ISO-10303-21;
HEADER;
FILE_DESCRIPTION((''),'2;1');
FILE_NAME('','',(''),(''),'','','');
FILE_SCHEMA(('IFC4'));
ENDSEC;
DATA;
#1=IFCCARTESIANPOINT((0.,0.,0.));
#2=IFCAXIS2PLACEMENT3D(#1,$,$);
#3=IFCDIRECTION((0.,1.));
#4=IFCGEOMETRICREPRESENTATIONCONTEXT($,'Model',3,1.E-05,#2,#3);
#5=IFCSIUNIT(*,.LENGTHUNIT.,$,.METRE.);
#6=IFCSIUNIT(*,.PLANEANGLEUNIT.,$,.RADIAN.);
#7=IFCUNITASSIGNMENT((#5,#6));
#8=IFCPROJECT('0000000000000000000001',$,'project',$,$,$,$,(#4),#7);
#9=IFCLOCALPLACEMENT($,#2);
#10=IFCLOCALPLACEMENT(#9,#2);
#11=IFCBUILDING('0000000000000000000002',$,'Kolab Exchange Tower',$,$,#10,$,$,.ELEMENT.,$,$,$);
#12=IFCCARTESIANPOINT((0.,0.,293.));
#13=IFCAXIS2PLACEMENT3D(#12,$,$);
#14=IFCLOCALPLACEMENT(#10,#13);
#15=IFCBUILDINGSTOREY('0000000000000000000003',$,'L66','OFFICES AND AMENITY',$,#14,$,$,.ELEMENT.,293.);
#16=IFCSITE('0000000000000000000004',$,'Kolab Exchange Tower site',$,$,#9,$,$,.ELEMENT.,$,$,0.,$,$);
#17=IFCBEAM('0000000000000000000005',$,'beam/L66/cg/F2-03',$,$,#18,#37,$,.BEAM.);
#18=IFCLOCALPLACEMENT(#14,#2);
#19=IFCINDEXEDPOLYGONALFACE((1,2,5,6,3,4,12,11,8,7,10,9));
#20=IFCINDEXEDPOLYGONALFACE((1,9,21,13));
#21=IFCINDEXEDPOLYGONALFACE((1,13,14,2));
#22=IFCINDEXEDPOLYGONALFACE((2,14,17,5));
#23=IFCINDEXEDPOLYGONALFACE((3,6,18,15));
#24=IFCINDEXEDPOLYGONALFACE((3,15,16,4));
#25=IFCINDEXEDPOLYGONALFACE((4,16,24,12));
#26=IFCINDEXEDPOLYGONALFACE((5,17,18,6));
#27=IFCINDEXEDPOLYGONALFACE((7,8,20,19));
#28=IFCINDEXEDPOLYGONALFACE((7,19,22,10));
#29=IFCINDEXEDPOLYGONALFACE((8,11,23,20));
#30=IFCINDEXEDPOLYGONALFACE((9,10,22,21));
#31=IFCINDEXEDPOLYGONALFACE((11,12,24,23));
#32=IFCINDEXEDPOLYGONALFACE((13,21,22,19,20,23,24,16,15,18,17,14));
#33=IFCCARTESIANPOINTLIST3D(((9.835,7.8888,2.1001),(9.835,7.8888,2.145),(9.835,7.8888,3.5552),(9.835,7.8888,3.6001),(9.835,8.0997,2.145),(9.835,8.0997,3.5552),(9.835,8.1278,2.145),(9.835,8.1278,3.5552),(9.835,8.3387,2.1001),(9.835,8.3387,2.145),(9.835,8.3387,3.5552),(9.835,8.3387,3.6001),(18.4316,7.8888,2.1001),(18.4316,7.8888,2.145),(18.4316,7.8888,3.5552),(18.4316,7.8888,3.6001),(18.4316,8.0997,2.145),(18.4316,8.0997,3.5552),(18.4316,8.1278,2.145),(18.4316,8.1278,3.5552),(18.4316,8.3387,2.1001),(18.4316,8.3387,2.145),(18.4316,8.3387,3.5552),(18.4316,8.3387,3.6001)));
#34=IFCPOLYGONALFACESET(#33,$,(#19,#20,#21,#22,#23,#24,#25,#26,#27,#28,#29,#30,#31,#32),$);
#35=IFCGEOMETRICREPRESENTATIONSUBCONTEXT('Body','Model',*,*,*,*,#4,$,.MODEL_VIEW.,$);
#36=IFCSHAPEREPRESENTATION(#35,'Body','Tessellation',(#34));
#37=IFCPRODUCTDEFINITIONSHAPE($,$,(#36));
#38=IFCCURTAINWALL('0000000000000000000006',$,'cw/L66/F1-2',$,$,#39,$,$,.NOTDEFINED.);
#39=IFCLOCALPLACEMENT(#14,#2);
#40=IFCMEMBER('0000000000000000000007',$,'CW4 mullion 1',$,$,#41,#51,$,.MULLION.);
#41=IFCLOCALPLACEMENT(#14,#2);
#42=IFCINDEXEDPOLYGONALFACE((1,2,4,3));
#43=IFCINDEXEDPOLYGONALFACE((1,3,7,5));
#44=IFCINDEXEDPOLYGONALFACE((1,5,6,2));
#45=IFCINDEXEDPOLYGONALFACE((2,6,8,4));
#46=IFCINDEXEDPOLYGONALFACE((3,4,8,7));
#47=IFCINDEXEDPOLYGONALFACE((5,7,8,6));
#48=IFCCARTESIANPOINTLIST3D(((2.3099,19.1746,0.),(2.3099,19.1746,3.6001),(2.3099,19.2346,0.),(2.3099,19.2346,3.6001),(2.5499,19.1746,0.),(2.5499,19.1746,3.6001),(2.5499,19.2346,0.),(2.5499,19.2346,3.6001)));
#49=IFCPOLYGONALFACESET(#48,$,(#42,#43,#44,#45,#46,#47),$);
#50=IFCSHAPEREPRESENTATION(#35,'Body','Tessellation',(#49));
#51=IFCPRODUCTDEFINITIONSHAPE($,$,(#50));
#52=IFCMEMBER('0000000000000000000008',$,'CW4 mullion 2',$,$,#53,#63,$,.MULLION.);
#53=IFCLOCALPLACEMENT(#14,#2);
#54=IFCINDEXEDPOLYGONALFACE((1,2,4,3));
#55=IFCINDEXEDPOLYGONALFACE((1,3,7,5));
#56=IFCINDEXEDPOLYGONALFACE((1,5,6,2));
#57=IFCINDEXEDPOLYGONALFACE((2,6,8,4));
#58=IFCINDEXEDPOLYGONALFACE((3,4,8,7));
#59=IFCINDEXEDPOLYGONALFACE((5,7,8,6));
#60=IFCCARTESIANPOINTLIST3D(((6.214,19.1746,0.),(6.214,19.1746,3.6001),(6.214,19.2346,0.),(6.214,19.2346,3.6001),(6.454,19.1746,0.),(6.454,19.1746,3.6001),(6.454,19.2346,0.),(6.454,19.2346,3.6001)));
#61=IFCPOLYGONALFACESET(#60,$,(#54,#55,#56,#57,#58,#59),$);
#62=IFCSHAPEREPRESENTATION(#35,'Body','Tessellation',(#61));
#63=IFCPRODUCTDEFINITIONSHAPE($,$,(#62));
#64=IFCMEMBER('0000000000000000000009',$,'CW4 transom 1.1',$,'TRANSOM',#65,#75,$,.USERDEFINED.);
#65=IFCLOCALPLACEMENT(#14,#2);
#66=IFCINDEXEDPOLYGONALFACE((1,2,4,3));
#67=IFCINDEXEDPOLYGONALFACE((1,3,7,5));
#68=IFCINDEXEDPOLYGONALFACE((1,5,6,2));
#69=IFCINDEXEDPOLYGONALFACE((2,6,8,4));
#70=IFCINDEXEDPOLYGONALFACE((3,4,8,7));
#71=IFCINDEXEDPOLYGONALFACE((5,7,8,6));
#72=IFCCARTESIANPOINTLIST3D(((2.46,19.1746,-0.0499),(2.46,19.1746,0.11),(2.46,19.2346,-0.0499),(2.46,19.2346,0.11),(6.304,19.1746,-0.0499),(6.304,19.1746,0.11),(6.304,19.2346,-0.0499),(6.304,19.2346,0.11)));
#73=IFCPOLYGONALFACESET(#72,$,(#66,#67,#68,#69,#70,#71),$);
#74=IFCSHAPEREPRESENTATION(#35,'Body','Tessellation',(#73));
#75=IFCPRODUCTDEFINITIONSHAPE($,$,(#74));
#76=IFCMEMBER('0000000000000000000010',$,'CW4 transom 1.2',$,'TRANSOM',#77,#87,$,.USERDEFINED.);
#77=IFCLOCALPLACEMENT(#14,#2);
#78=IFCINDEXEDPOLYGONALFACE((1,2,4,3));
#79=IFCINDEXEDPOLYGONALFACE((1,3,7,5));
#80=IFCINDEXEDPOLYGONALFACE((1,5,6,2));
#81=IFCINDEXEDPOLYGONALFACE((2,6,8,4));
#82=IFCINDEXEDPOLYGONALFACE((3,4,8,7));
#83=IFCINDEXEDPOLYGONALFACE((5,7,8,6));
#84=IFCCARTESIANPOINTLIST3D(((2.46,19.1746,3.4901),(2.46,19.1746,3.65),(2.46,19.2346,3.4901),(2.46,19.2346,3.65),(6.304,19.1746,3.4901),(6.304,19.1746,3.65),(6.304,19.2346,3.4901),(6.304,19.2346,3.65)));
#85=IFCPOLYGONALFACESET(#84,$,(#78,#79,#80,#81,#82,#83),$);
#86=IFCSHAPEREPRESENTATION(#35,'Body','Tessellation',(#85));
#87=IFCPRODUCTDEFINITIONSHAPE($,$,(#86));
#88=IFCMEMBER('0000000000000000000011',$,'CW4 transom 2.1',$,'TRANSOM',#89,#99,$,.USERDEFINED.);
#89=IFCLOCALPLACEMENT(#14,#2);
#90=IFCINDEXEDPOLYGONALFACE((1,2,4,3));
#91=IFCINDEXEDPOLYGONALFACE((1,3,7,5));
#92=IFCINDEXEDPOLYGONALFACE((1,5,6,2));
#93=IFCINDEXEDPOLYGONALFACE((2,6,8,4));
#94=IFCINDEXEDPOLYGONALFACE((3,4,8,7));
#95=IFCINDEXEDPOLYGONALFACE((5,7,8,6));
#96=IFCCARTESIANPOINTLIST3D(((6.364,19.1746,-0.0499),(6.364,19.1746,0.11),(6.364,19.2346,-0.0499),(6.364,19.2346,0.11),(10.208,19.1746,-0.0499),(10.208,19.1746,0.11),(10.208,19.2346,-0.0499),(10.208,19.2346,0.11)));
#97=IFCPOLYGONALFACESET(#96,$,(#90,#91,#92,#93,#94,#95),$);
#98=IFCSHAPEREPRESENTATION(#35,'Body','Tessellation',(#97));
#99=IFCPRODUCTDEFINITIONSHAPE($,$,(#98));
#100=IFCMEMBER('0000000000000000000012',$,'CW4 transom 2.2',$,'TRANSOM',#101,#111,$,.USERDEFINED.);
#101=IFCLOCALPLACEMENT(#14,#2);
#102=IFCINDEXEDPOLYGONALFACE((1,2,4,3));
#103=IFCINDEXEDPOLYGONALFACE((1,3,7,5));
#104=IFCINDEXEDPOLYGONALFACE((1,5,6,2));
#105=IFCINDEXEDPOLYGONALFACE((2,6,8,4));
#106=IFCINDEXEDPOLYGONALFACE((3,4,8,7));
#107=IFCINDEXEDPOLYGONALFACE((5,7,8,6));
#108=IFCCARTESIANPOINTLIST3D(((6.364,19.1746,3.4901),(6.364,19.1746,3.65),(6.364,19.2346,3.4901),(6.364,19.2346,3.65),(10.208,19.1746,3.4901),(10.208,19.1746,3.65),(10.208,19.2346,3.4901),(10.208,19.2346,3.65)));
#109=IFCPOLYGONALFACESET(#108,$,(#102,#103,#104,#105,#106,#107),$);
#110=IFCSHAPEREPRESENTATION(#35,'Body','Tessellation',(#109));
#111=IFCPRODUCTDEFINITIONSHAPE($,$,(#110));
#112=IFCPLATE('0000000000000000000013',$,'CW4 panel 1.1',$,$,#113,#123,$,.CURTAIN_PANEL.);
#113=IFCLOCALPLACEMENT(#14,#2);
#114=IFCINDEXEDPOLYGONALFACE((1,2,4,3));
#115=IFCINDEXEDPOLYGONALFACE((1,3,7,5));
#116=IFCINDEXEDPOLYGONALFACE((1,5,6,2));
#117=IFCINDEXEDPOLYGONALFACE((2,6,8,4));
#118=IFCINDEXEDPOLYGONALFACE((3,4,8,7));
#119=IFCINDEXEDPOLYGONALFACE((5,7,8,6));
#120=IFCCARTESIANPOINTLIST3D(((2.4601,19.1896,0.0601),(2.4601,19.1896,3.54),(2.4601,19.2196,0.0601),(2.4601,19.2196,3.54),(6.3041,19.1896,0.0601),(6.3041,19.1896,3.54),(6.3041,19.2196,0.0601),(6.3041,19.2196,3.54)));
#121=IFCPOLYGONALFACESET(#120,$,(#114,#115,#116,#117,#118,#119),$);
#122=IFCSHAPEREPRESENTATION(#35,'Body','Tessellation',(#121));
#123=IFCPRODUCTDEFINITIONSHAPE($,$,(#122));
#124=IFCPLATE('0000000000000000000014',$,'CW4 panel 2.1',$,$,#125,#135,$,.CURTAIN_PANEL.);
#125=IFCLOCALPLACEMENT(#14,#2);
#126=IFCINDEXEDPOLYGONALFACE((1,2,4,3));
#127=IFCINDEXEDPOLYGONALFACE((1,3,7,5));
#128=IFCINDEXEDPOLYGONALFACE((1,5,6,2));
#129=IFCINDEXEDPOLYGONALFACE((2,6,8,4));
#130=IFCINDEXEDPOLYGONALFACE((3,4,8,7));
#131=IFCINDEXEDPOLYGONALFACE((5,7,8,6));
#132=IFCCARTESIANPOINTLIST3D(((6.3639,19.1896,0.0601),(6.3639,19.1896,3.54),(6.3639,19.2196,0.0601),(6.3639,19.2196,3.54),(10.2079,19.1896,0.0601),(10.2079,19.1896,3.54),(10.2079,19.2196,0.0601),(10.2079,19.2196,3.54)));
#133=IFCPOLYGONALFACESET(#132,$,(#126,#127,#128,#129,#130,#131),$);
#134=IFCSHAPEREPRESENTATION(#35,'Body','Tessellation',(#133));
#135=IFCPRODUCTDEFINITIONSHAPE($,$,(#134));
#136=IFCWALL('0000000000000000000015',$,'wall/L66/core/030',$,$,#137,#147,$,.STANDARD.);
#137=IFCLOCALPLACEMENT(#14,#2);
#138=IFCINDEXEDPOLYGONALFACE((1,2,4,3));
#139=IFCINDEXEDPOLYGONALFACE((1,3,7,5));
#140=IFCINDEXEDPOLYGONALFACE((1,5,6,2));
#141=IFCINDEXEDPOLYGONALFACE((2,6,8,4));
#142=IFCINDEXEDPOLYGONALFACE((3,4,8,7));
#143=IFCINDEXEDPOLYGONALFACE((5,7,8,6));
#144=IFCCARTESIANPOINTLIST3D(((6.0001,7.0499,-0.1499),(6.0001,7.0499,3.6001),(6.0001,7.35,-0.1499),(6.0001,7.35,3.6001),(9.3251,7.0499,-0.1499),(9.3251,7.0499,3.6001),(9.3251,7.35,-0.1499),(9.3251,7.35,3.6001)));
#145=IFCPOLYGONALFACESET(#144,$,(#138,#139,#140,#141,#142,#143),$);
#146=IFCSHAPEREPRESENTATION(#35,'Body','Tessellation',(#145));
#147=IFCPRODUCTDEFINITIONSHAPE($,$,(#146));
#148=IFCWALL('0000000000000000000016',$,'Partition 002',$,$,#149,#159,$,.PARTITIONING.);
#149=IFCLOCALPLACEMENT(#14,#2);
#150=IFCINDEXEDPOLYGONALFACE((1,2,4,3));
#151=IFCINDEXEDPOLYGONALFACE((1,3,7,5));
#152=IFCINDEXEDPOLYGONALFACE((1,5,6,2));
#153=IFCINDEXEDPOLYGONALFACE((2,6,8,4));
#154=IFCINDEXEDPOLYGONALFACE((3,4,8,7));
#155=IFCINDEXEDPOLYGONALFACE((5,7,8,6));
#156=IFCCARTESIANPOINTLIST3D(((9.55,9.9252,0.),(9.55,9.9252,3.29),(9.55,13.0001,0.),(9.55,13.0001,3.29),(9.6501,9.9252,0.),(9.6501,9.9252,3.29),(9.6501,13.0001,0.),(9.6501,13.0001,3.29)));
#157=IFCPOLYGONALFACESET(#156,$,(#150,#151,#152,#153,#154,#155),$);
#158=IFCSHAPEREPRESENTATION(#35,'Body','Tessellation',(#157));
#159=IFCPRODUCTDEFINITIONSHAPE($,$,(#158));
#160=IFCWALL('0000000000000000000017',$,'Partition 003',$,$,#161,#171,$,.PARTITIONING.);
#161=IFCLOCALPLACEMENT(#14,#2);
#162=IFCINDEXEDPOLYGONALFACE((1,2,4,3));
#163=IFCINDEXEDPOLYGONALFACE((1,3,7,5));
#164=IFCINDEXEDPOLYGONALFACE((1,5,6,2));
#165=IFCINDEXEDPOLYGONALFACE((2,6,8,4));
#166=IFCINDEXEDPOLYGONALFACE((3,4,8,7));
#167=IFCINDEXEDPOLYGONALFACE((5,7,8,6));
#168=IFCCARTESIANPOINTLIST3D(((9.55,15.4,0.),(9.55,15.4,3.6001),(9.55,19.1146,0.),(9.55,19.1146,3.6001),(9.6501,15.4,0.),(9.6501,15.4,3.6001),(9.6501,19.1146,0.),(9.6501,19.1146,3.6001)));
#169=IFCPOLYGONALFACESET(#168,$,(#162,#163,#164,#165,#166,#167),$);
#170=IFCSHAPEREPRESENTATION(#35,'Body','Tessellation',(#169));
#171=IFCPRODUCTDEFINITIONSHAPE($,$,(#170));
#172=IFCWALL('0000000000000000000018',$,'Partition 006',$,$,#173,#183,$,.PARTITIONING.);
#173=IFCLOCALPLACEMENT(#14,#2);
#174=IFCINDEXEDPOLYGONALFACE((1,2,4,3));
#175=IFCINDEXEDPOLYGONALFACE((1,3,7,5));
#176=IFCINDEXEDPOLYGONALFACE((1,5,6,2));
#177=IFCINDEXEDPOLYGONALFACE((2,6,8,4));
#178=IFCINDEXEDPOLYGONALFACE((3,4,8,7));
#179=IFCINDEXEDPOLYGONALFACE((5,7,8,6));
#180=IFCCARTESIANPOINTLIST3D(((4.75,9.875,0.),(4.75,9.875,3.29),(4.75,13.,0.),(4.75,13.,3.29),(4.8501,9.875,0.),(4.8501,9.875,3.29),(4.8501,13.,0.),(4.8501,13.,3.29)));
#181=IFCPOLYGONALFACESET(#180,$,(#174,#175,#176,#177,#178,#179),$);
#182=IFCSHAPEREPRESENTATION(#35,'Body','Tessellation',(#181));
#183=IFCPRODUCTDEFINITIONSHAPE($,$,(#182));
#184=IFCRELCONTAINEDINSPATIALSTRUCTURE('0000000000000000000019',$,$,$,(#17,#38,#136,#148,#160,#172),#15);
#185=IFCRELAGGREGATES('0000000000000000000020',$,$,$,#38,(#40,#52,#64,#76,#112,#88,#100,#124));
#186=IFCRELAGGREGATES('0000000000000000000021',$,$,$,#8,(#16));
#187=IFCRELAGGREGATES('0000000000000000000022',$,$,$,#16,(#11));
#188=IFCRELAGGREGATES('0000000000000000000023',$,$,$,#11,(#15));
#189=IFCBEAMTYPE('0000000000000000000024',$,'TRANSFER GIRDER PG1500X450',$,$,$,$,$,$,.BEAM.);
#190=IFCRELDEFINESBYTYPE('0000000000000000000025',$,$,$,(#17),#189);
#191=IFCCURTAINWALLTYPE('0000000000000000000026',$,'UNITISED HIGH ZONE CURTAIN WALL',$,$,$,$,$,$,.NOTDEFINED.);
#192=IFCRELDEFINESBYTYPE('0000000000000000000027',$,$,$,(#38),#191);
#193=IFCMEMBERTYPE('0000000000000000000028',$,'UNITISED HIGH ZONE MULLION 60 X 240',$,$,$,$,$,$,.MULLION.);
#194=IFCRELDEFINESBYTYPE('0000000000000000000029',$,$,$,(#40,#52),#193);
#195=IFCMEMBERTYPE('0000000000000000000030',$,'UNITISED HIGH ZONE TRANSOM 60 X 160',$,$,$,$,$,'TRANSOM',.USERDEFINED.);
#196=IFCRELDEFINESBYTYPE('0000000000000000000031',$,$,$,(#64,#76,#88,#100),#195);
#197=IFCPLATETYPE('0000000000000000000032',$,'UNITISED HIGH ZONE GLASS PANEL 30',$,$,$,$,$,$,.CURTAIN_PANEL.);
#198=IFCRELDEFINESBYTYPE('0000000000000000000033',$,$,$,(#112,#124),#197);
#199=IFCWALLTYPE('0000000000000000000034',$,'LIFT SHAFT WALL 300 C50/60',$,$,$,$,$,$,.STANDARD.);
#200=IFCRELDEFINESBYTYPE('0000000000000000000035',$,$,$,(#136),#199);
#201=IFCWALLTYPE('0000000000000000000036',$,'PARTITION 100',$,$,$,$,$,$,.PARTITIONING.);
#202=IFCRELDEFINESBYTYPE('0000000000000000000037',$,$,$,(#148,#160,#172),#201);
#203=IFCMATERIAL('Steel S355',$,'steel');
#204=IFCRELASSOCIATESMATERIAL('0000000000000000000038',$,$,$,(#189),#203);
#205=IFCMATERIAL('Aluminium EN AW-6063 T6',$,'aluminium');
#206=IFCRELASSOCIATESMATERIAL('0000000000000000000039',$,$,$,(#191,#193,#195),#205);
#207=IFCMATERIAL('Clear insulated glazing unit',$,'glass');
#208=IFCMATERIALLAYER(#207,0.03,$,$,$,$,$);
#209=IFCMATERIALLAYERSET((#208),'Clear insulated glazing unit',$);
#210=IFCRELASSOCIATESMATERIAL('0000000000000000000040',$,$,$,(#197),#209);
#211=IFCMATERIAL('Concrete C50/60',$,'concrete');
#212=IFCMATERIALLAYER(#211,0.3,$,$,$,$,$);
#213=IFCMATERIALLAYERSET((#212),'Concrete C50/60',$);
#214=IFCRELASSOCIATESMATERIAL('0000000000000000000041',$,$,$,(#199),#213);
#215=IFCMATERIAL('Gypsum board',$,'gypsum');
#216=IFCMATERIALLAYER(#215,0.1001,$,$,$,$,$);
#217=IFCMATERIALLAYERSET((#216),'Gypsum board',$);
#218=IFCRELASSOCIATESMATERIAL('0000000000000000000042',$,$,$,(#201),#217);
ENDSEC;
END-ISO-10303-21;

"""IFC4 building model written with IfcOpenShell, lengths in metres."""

from ifc_helpers import new_model, si_unit, direction, frame, frame_2d, origin, origin_2d, place, context, subcontext, project, spatial, rectangle, i_section, extrude, material, layer, layer_set, material_profile, profile_set, type_object, element, aggregate, save


model = new_model("IFC4")

# Units and contexts
model_context = context("Model", 3, precision=1e-05, world=origin(), true_north=direction((0.0, 1.0)))
body_context = subcontext(model_context, "Body", "Model", "MODEL_VIEW")
ifc_project = project(units=[si_unit("LENGTHUNIT", "METRE"), si_unit("PLANEANGLEUNIT", "RADIAN")], contexts=[model_context])

# Site, building, storey
site_placement = place(None, origin())
site = spatial("IfcSite", under=ifc_project, at=site_placement, Name="Kolab Exchange Tower site", CompositionType="ELEMENT", RefElevation=0.0)
building_placement = place(site_placement, origin())
building = spatial("IfcBuilding", under=site, at=building_placement, Name="Kolab Exchange Tower", CompositionType="ELEMENT")
storey_placement = place(building_placement, frame((0.0, 0.0, 293.0)))
storey = spatial("IfcBuildingStorey", under=building, at=storey_placement, Name="L66", Description="OFFICES AND AMENITY", CompositionType="ELEMENT", Elevation=293.0)

# Shared definitions
ifc_material_1 = material(Name="Concrete C50/60", Category="concrete")

# Beam
ifc_material_2 = material(Name="Steel S355", Category="steel")
ifc_material_profile_1 = material_profile(ifc_material_2, i_section(OverallWidth=0.45, OverallDepth=1.5, WebThickness=0.0281, FlangeThickness=0.0449, at=origin_2d()), Name="PG1500X450")
ifc_profile_set_1 = profile_set([ifc_material_profile_1], Name="Steel S355")
beam_type_1 = type_object("IfcBeamType", Name="TRANSFER GIRDER PG1500X450", PredefinedType="BEAM", material=ifc_profile_set_1)
beam_1_placement = place(storey_placement, frame((9.835, 8.1138, 2.8501), z_axis=(1.0, 0.0, 0.0), x_axis=(0.0, 1.0, 0.0)))
element("IfcBeam", 1, at=beam_1_placement, inside=storey, type_object=beam_type_1, Name="beam/L66/cg/F2-03", PredefinedType="BEAM", context=body_context, shape_type="SweptSolid", body=[
    extrude(i_section(OverallWidth=0.45, OverallDepth=1.5, WebThickness=0.0281, FlangeThickness=0.0449, at=origin_2d()), origin(), (0.0, 0.0, 1.0), 8.5967),
])

# Curtain wall, members, plates
ifc_material_3 = material(Name="Aluminium EN AW-6063 T6", Category="aluminium")
curtain_wall_type = type_object("IfcCurtainWallType", Name="UNITISED HIGH ZONE CURTAIN WALL", PredefinedType="NOTDEFINED", material=ifc_material_3)
curtain_wall_placement = place(storey_placement, origin())
curtain_wall = element("IfcCurtainWall", 2, at=curtain_wall_placement, inside=storey, type_object=curtain_wall_type, Name="cw/L66/F1-2", PredefinedType="NOTDEFINED")
ifc_material_profile_2 = material_profile(ifc_material_3, rectangle(XDim=0.0601, YDim=0.24, at=origin_2d()), Name="RECT 60X240")
ifc_profile_set_2 = profile_set([ifc_material_profile_2], Name="Aluminium EN AW-6063 T6")
member_type_1 = type_object("IfcMemberType", Name="UNITISED HIGH ZONE MULLION 60 X 240", PredefinedType="MULLION", material=ifc_profile_set_2)
member_1_placement = place(storey_placement, frame((2.4299, 19.2046, 0.0), z_axis=(0.0, 0.0, 1.0), x_axis=(0.0, 1.0, 0.0)))
member_1 = element("IfcMember", 3, at=member_1_placement, type_object=member_type_1, Name="CW4 mullion 1", PredefinedType="MULLION", context=body_context, shape_type="SweptSolid", body=[
    extrude(rectangle(XDim=0.0601, YDim=0.24, at=origin_2d()), origin(), (0.0, 0.0, 1.0), 3.6001),
])
member_2_placement = place(storey_placement, frame((6.334, 19.2046, 0.0), z_axis=(0.0, 0.0, 1.0), x_axis=(0.0, 1.0, 0.0)))
member_2 = element("IfcMember", 4, at=member_2_placement, type_object=member_type_1, Name="CW4 mullion 2", PredefinedType="MULLION", context=body_context, shape_type="SweptSolid", body=[
    extrude(rectangle(XDim=0.0601, YDim=0.24, at=origin_2d()), origin(), (0.0, 0.0, 1.0), 3.6001),
])
ifc_material_profile_3 = material_profile(ifc_material_3, rectangle(XDim=0.0601, YDim=0.1599, at=origin_2d()), Name="RECT 60X160")
ifc_profile_set_3 = profile_set([ifc_material_profile_3], Name="Aluminium EN AW-6063 T6")
member_type_2 = type_object("IfcMemberType", Name="UNITISED HIGH ZONE TRANSOM 60 X 160", ElementType="TRANSOM", PredefinedType="USERDEFINED", material=ifc_profile_set_3)
member_3_placement = place(storey_placement, frame((2.46, 19.2046, 0.03), z_axis=(1.0, 0.0, 0.0), x_axis=(0.0, 1.0, 0.0)))
member_3 = element("IfcMember", 5, at=member_3_placement, type_object=member_type_2, Name="CW4 transom 1.1", ObjectType="TRANSOM", PredefinedType="USERDEFINED", context=body_context, shape_type="SweptSolid", body=[
    extrude(rectangle(XDim=0.0601, YDim=0.1599, at=origin_2d()), origin(), (0.0, 0.0, 1.0), 3.844),
])
member_4_placement = place(storey_placement, frame((2.46, 19.2046, 3.5701), z_axis=(1.0, 0.0, 0.0), x_axis=(0.0, 1.0, 0.0)))
member_4 = element("IfcMember", 6, at=member_4_placement, type_object=member_type_2, Name="CW4 transom 1.2", ObjectType="TRANSOM", PredefinedType="USERDEFINED", context=body_context, shape_type="SweptSolid", body=[
    extrude(rectangle(XDim=0.0601, YDim=0.1599, at=origin_2d()), origin(), (0.0, 0.0, 1.0), 3.844),
])
member_5_placement = place(storey_placement, frame((6.364, 19.2046, 0.03), z_axis=(1.0, 0.0, 0.0), x_axis=(0.0, 1.0, 0.0)))
member_5 = element("IfcMember", 7, at=member_5_placement, type_object=member_type_2, Name="CW4 transom 2.1", ObjectType="TRANSOM", PredefinedType="USERDEFINED", context=body_context, shape_type="SweptSolid", body=[
    extrude(rectangle(XDim=0.0601, YDim=0.1599, at=origin_2d()), origin(), (0.0, 0.0, 1.0), 3.844),
])
member_6_placement = place(storey_placement, frame((6.364, 19.2046, 3.5701), z_axis=(1.0, 0.0, 0.0), x_axis=(0.0, 1.0, 0.0)))
member_6 = element("IfcMember", 8, at=member_6_placement, type_object=member_type_2, Name="CW4 transom 2.2", ObjectType="TRANSOM", PredefinedType="USERDEFINED", context=body_context, shape_type="SweptSolid", body=[
    extrude(rectangle(XDim=0.0601, YDim=0.1599, at=origin_2d()), origin(), (0.0, 0.0, 1.0), 3.844),
])
ifc_material_4 = material(Name="Clear insulated glazing unit", Category="glass")
ifc_layer_1 = layer(ifc_material_4, 0.03)
ifc_layer_set_1 = layer_set([ifc_layer_1], Name="Clear insulated glazing unit")
plate_type = type_object("IfcPlateType", Name="UNITISED HIGH ZONE GLASS PANEL 30", PredefinedType="CURTAIN_PANEL", material=ifc_layer_set_1)
plate_1_placement = place(storey_placement, frame((4.3821, 19.2046, 0.0601), z_axis=(0.0, 0.0, 1.0), x_axis=(1.0, 0.0, 0.0)))
plate_1 = element("IfcPlate", 9, at=plate_1_placement, type_object=plate_type, Name="CW4 panel 1.1", PredefinedType="CURTAIN_PANEL", context=body_context, shape_type="SweptSolid", body=[
    extrude(rectangle(XDim=3.844, YDim=0.03, at=origin_2d()), origin(), (0.0, 0.0, 1.0), 3.48),
])
plate_2_placement = place(storey_placement, frame((8.2859, 19.2046, 0.0601), z_axis=(0.0, 0.0, 1.0), x_axis=(1.0, 0.0, 0.0)))
plate_2 = element("IfcPlate", 10, at=plate_2_placement, type_object=plate_type, Name="CW4 panel 2.1", PredefinedType="CURTAIN_PANEL", context=body_context, shape_type="SweptSolid", body=[
    extrude(rectangle(XDim=3.844, YDim=0.03, at=origin_2d()), origin(), (0.0, 0.0, 1.0), 3.48),
])
aggregate(curtain_wall, [member_1, member_2, member_3, member_4, plate_1, member_5, member_6, plate_2])

# Walls
ifc_layer_2 = layer(ifc_material_1, 0.3)
ifc_layer_set_2 = layer_set([ifc_layer_2], Name="Concrete C50/60")
wall_type_1 = type_object("IfcWallType", Name="LIFT SHAFT WALL 300 C50/60", PredefinedType="STANDARD", material=ifc_layer_set_2)
wall_1_placement = place(storey_placement, frame((6.0, 7.2, -0.1499), z_axis=(0.0, 0.0, 1.0), x_axis=(1.0, 0.0, 0.0)))
element("IfcWall", 11, at=wall_1_placement, inside=storey, type_object=wall_type_1, Name="wall/L66/core/030", PredefinedType="STANDARD", context=body_context, shape_type="SweptSolid", body=[
    extrude(rectangle(XDim=3.325, YDim=0.3, at=frame_2d((1.6626, 0.0))), origin(), (0.0, 0.0, 1.0), 3.75),
])
ifc_material_5 = material(Name="Gypsum board", Category="gypsum")
ifc_layer_3 = layer(ifc_material_5, 0.1001)
ifc_layer_set_3 = layer_set([ifc_layer_3], Name="Gypsum board")
wall_type_2 = type_object("IfcWallType", Name="PARTITION 100", PredefinedType="PARTITIONING", material=ifc_layer_set_3)
wall_2_placement = place(storey_placement, frame((9.6001, 9.925, 0.0), z_axis=(0.0, 0.0, 1.0), x_axis=(0.0, 1.0, 0.0)))
element("IfcWall", 12, at=wall_2_placement, inside=storey, type_object=wall_type_2, Name="Partition 002", PredefinedType="PARTITIONING", context=body_context, shape_type="SweptSolid", body=[
    extrude(rectangle(XDim=3.075, YDim=0.1001, at=frame_2d((1.5376, 0.0))), origin(), (0.0, 0.0, 1.0), 3.29),
])
wall_3_placement = place(storey_placement, frame((9.6001, 15.3999, 0.0), z_axis=(0.0, 0.0, 1.0), x_axis=(0.0, 1.0, 0.0)))
element("IfcWall", 13, at=wall_3_placement, inside=storey, type_object=wall_type_2, Name="Partition 003", PredefinedType="PARTITIONING", context=body_context, shape_type="SweptSolid", body=[
    extrude(rectangle(XDim=3.7146, YDim=0.1001, at=frame_2d((1.8574, 0.0))), origin(), (0.0, 0.0, 1.0), 3.6001),
])
wall_4_placement = place(storey_placement, frame((4.8, 9.875, 0.0), z_axis=(0.0, 0.0, 1.0), x_axis=(0.0, 1.0, 0.0)))
element("IfcWall", 14, at=wall_4_placement, inside=storey, type_object=wall_type_2, Name="Partition 006", PredefinedType="PARTITIONING", context=body_context, shape_type="SweptSolid", body=[
    extrude(rectangle(XDim=3.125, YDim=0.1001, at=frame_2d((1.5625, 0.0))), origin(), (0.0, 0.0, 1.0), 3.29),
])

save(model, "model.ifc")
